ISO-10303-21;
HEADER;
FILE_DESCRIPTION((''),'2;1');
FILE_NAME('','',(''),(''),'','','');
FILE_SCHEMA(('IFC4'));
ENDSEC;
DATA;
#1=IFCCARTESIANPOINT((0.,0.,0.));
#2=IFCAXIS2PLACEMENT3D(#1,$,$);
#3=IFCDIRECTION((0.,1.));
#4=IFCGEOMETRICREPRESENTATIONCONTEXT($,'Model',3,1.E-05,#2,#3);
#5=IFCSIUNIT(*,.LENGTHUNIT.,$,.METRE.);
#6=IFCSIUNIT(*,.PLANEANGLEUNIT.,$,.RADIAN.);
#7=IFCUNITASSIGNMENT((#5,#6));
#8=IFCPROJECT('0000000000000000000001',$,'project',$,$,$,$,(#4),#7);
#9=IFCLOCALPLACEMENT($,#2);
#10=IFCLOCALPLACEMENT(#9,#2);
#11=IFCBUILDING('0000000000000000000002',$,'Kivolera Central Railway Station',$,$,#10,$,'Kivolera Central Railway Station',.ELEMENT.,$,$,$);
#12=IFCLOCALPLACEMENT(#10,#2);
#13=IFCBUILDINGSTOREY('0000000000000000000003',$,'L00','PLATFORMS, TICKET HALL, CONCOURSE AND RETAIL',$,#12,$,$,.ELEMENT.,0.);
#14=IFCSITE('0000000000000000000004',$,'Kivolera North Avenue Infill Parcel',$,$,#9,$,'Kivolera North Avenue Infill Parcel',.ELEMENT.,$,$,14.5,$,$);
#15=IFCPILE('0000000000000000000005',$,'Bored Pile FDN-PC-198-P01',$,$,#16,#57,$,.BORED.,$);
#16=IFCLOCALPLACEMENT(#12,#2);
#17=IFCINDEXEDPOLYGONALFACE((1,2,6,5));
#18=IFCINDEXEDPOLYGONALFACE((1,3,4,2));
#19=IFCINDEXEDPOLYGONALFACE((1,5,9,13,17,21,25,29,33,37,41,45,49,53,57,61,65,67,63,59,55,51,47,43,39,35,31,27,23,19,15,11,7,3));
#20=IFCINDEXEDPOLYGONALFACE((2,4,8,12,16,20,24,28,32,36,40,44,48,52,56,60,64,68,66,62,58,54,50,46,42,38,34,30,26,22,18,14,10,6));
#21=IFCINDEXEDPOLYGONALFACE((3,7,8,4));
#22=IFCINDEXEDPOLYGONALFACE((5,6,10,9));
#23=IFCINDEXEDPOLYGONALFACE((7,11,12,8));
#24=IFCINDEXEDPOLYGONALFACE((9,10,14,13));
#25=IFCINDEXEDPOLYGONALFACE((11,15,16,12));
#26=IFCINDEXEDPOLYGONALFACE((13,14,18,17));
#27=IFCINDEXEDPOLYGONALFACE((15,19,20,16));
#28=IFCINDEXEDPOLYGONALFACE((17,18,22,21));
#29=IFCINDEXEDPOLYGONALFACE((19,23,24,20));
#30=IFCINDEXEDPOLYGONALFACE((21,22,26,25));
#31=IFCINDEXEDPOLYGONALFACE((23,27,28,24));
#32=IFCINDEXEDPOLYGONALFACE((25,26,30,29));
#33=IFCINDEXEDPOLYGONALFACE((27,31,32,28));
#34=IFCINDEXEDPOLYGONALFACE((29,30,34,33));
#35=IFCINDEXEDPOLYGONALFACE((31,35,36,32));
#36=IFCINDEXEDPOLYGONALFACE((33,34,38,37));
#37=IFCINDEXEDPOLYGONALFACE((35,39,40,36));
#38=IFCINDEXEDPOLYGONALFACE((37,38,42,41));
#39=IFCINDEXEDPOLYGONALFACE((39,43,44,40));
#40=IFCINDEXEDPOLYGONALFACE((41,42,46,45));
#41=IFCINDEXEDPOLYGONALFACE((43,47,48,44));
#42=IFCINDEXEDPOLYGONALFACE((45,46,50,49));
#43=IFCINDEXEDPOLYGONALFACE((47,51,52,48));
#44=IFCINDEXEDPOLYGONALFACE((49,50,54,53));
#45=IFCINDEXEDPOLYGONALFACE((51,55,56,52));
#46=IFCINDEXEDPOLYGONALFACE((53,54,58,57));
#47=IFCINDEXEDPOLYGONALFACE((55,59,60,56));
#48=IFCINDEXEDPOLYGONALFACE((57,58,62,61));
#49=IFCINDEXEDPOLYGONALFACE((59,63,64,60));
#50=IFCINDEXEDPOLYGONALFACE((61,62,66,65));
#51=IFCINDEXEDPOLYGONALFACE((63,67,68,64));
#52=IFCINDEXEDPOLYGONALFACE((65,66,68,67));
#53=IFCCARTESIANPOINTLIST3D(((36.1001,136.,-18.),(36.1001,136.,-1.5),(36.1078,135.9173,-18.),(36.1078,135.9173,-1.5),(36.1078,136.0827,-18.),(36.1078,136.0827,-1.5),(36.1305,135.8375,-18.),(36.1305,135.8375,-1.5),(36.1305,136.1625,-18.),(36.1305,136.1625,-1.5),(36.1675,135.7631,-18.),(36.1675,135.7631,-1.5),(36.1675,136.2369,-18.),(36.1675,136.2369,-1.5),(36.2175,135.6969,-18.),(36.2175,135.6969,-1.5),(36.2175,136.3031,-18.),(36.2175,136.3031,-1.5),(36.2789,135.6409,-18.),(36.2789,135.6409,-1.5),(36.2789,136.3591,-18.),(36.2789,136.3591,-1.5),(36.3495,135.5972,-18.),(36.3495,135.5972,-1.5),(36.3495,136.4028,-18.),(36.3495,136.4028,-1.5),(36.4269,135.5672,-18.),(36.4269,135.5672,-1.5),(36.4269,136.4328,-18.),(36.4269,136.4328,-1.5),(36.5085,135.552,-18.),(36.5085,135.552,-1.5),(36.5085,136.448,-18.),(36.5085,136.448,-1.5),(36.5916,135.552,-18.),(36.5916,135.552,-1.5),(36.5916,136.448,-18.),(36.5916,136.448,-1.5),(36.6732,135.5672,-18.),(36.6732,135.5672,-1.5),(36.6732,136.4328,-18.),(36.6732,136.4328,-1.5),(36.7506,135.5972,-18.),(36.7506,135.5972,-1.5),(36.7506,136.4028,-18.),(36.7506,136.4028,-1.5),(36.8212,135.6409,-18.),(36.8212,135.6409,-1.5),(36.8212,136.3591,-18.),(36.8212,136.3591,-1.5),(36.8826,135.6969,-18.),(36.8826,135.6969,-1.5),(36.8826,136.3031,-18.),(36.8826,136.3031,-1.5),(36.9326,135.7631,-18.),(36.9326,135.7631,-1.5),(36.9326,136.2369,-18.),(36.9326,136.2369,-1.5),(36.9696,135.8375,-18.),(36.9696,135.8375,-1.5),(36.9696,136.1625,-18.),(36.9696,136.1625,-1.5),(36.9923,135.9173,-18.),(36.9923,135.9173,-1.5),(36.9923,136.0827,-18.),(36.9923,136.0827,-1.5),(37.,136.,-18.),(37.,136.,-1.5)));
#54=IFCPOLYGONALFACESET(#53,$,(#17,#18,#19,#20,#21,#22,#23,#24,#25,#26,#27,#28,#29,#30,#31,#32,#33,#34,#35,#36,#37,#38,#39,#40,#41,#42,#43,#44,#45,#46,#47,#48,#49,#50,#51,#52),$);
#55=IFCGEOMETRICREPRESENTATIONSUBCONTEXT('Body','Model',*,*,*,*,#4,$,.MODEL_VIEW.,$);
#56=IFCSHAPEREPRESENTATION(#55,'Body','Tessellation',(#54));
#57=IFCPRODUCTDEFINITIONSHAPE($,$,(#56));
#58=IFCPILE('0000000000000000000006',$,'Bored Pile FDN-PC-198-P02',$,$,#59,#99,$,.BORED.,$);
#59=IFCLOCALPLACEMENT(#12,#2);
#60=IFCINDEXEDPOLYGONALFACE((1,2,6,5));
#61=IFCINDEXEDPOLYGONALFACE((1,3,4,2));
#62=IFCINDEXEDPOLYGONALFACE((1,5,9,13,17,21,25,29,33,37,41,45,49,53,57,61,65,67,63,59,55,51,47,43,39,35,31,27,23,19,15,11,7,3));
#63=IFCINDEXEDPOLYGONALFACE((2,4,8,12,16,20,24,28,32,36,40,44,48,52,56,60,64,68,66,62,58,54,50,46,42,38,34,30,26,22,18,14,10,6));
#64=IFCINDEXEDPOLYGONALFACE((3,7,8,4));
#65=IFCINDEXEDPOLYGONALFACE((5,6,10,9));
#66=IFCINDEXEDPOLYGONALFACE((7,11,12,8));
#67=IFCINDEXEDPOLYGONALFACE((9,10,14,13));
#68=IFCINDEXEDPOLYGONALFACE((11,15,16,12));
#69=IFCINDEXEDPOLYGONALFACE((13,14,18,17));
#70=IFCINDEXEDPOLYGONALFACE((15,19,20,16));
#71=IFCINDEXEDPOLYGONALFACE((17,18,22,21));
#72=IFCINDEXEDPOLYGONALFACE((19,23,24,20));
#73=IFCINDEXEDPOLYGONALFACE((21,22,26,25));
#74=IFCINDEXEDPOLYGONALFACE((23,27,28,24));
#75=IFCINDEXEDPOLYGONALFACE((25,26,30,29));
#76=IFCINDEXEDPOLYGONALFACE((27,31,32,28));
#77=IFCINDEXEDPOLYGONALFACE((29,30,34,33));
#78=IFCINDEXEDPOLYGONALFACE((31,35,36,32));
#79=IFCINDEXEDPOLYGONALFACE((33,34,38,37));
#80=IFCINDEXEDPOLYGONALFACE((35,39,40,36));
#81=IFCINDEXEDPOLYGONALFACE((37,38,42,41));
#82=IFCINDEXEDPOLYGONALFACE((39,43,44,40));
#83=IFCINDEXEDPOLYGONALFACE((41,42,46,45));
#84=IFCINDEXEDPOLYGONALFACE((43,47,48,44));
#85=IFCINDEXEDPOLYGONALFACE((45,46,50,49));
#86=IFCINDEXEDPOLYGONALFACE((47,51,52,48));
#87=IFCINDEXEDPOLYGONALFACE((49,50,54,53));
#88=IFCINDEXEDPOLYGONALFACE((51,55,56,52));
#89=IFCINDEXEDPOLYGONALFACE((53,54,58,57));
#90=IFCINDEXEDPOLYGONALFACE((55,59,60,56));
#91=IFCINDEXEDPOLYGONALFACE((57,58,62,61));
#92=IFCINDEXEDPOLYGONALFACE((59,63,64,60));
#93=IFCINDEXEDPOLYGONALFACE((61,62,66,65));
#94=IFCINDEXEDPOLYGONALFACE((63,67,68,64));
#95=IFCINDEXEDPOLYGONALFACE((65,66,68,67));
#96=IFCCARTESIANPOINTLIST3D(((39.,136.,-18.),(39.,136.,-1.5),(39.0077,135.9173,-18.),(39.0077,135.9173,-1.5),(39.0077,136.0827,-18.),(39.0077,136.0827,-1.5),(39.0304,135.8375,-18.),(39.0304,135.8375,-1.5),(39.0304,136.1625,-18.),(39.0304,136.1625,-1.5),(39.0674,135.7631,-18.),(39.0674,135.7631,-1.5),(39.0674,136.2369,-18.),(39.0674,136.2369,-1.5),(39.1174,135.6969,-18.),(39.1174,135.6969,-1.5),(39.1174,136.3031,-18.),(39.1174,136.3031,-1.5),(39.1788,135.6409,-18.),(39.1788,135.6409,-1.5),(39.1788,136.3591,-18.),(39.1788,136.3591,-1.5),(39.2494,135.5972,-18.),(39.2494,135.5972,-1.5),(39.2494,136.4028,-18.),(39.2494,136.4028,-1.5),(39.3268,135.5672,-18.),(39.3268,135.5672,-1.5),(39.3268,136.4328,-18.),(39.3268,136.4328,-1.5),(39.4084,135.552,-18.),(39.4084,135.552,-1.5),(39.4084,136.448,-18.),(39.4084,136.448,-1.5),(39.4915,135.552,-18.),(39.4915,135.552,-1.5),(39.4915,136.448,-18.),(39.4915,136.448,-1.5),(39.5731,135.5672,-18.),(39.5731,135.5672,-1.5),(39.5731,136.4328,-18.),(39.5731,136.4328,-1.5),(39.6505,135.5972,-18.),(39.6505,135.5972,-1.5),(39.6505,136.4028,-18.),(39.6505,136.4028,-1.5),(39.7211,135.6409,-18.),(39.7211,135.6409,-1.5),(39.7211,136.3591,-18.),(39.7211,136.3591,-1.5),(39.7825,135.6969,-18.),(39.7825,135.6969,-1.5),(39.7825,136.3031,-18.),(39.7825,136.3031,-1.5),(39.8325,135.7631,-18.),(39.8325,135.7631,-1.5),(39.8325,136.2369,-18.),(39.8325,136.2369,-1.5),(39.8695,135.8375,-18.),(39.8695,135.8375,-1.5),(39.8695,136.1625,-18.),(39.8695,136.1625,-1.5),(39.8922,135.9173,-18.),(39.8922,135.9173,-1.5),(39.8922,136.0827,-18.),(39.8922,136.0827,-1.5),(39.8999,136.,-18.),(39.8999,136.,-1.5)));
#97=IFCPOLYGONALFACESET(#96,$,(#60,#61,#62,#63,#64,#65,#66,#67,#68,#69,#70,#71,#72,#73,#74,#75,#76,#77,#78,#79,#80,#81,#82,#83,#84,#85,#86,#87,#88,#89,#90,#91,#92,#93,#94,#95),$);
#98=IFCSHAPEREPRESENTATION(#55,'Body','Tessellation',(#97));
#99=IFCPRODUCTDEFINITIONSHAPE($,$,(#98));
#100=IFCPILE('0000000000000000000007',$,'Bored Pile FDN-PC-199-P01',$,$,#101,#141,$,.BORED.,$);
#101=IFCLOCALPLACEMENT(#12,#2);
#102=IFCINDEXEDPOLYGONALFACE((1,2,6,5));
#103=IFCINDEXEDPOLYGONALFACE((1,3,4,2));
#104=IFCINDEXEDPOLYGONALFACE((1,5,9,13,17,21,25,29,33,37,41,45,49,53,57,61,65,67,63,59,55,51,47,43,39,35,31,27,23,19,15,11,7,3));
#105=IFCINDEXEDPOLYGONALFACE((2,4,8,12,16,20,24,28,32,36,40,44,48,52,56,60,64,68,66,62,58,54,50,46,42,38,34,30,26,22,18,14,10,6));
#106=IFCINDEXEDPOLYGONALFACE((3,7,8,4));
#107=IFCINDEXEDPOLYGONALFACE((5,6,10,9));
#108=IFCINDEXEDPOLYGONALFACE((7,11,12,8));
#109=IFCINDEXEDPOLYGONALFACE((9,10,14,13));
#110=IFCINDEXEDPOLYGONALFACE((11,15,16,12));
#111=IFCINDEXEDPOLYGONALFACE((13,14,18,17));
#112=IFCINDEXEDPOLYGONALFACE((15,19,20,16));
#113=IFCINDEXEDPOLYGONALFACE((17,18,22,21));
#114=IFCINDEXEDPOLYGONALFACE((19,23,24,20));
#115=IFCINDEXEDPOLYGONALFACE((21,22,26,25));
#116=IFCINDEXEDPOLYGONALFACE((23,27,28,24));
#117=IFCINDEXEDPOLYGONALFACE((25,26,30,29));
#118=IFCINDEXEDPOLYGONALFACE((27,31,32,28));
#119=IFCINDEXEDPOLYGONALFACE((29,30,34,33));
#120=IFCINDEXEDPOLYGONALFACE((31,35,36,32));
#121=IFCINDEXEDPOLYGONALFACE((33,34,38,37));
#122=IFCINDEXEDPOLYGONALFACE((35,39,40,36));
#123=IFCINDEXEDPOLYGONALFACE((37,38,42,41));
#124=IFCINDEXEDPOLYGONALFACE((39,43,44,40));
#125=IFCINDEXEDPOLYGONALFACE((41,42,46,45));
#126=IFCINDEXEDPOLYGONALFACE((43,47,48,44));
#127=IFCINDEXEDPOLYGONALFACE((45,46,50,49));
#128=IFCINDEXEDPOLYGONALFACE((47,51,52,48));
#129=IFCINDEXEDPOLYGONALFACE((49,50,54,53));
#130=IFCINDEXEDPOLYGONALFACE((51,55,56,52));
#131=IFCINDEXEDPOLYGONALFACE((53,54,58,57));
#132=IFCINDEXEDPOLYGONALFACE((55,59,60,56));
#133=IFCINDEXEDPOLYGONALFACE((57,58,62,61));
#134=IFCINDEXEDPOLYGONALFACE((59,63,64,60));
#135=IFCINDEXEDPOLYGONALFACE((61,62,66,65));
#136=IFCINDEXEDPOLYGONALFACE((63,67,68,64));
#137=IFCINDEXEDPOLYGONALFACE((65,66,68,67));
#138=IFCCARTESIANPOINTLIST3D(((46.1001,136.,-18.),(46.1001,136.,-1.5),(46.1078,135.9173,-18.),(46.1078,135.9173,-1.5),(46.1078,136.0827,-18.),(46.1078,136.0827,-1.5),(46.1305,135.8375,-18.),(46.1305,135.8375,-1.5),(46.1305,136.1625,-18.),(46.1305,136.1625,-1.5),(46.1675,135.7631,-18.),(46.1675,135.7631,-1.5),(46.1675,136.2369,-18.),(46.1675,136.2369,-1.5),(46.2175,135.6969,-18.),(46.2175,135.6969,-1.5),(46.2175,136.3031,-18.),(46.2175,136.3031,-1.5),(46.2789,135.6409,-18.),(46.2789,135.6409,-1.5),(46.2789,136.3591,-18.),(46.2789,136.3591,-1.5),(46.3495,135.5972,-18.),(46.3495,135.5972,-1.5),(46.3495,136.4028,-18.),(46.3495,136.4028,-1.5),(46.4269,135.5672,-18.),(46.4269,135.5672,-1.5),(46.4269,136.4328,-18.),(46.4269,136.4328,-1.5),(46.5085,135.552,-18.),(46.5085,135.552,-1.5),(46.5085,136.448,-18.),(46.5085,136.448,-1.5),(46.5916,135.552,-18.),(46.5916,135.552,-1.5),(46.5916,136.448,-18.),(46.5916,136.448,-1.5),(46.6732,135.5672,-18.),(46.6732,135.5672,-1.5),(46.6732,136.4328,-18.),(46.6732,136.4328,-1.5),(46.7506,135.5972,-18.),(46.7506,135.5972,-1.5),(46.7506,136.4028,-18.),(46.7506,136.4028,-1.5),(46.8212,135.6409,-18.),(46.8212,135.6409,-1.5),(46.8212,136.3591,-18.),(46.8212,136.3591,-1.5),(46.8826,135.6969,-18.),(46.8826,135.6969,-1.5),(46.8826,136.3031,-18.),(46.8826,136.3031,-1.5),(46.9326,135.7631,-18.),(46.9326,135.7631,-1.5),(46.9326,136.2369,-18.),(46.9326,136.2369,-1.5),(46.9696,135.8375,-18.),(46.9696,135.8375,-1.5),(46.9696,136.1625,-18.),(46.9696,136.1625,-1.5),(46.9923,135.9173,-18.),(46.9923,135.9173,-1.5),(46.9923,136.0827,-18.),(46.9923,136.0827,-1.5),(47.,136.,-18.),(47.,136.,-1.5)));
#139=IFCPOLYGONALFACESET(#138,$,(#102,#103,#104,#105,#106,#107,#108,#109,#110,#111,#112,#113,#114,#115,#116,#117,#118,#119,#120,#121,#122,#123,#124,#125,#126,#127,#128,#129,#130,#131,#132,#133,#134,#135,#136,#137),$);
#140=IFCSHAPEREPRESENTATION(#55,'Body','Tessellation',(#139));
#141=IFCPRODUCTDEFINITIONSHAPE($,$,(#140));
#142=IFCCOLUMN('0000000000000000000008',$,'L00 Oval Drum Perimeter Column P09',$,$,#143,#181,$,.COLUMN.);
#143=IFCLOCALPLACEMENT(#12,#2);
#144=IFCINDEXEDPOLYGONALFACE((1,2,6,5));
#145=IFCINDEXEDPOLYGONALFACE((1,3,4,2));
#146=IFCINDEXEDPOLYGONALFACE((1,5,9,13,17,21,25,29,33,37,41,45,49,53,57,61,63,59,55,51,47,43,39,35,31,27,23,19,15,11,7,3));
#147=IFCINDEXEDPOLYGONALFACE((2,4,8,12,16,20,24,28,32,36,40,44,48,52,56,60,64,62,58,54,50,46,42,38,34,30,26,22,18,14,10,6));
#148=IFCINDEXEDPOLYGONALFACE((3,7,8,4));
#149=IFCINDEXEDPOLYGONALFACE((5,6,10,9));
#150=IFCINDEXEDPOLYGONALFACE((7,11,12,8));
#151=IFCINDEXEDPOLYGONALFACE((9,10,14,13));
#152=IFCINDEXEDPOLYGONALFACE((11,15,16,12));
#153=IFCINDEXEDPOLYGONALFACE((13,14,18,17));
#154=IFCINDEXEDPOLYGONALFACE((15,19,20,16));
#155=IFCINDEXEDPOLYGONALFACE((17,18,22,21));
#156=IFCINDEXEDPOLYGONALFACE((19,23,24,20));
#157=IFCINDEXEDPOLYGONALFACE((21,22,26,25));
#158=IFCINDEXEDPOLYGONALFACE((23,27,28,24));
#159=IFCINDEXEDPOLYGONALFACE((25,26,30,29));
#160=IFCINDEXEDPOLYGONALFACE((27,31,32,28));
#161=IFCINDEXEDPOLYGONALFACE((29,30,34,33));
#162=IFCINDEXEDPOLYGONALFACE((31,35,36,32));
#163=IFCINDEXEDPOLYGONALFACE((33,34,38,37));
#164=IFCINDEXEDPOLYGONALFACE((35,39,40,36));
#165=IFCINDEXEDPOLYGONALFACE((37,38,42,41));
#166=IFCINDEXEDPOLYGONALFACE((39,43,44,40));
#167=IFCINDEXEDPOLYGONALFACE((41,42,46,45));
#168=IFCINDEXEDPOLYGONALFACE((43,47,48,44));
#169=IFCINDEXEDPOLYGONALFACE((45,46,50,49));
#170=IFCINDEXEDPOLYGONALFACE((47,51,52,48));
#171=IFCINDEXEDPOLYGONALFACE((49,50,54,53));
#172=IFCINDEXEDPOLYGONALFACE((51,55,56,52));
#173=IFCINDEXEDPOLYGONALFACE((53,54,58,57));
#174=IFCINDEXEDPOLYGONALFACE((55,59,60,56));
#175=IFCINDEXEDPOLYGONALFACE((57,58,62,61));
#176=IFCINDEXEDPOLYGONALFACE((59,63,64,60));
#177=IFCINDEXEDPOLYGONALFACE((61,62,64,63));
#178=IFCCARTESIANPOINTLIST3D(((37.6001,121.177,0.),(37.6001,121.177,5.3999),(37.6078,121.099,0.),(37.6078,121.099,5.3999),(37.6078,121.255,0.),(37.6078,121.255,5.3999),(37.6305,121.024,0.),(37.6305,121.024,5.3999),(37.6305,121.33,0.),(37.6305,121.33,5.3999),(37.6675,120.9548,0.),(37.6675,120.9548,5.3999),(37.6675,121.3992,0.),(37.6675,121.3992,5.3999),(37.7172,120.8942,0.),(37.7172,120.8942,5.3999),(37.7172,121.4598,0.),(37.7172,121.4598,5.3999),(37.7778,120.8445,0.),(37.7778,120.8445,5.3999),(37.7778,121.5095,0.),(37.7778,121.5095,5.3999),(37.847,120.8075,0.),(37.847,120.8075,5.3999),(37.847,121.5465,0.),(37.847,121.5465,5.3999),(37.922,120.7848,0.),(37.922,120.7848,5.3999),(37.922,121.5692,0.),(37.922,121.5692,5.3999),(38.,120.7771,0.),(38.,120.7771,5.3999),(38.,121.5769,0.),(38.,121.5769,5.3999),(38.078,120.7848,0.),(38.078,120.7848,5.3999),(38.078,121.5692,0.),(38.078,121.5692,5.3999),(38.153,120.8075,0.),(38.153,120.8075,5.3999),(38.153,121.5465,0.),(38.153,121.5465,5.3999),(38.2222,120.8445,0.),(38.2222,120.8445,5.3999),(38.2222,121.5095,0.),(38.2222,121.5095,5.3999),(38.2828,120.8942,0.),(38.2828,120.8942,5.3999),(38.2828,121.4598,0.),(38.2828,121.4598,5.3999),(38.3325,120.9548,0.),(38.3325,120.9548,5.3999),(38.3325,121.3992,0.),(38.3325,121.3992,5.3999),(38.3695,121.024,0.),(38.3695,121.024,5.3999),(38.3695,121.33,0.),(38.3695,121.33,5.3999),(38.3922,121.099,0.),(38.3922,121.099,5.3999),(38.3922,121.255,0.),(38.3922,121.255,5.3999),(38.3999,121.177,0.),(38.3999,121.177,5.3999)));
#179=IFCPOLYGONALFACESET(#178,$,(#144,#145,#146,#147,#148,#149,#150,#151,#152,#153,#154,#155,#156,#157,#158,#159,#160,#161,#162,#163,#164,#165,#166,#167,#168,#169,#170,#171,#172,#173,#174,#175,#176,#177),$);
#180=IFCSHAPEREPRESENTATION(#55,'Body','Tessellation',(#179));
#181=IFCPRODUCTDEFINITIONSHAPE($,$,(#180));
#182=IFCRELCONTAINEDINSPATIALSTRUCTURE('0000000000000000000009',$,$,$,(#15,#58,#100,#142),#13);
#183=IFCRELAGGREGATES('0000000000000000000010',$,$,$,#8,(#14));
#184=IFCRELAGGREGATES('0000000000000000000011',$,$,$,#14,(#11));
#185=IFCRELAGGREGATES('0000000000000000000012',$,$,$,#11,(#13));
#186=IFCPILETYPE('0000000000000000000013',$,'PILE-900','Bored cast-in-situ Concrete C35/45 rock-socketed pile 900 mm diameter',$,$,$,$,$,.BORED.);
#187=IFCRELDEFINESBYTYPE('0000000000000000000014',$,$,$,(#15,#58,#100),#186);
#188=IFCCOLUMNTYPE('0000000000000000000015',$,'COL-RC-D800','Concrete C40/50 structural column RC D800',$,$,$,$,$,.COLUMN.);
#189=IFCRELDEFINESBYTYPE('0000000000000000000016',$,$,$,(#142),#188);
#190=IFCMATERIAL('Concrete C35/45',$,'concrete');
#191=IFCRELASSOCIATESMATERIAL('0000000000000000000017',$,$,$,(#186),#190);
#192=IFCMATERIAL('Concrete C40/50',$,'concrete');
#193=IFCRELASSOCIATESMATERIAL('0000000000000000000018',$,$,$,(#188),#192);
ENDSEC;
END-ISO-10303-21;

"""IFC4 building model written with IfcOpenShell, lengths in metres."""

from ifc_helpers import new_model, si_unit, direction, frame, origin, origin_2d, place, context, subcontext, project, spatial, circle, extrude, material, material_profile, profile_set, type_object, element, save


model = new_model("IFC4")

# Units and contexts
model_context = context("Model", 3, precision=1e-05, world=origin(), true_north=direction((0.0, 1.0)))
body_context = subcontext(model_context, "Body", "Model", "MODEL_VIEW")
ifc_project = project(units=[si_unit("LENGTHUNIT", "METRE"), si_unit("PLANEANGLEUNIT", "RADIAN")], contexts=[model_context])

# Site, building, storey
site_placement = place(None, origin())
site = spatial("IfcSite", under=ifc_project, at=site_placement, Name="Kivolera North Avenue Infill Parcel", LongName="Kivolera North Avenue Infill Parcel", CompositionType="ELEMENT", RefElevation=14.5)
building_placement = place(site_placement, origin())
building = spatial("IfcBuilding", under=site, at=building_placement, Name="Kivolera Central Railway Station", LongName="Kivolera Central Railway Station", CompositionType="ELEMENT")
storey_placement = place(building_placement, origin())
storey = spatial("IfcBuildingStorey", under=building, at=storey_placement, Name="L00", Description="PLATFORMS, TICKET HALL, CONCOURSE AND RETAIL", CompositionType="ELEMENT", Elevation=0.0)

# Shared definitions
ifc_material_1 = material(Name="Concrete C35/45", Category="concrete")

# Piles
ifc_material_profile_1 = material_profile(ifc_material_1, circle(Radius=0.45, at=origin_2d()), Name="PILE D900")
ifc_profile_set_1 = profile_set([ifc_material_profile_1], Name="Concrete C35/45")
pile_type_1 = type_object("IfcPileType", Name="PILE-900", Description="Bored cast-in-situ Concrete C35/45 rock-socketed pile 900 mm diameter", PredefinedType="BORED", material=ifc_profile_set_1)
for number, where, z_axis, x_axis, name in (
    (1, (36.55, 136.0, -1.5), (0.0, 0.0, -1.0), (1.0, 0.0, 0.0), "Bored Pile FDN-PC-198-P01"),
    (2, (39.45, 136.0, -1.5), (0.0, 0.0, -1.0), (1.0, 0.0, 0.0), "Bored Pile FDN-PC-198-P02"),
    (3, (46.55, 136.0, -1.5), (0.0, 0.0, -1.0), (1.0, 0.0, 0.0), "Bored Pile FDN-PC-199-P01"),
):
    element("IfcPile", number, at=place(storey_placement, frame(where, z_axis=z_axis, x_axis=x_axis)), inside=storey, type_object=pile_type_1, Name=name, PredefinedType="BORED", context=body_context, shape_type="SweptSolid", body=[
        extrude(circle(Radius=0.45, at=origin_2d()), origin(), (0.0, 0.0, 1.0), 16.5),
    ])

# Column
ifc_material_2 = material(Name="Concrete C40/50", Category="concrete")
ifc_material_profile_2 = material_profile(ifc_material_2, circle(Radius=0.3999, at=origin_2d()), Name="RC D800")
ifc_profile_set_2 = profile_set([ifc_material_profile_2], Name="Concrete C40/50")
column_type_1 = type_object("IfcColumnType", Name="COL-RC-D800", Description="Concrete C40/50 structural column RC D800", PredefinedType="COLUMN", material=ifc_profile_set_2)
column_placement = place(storey_placement, frame((38.0, 121.177, 0.0), z_axis=(0.0, 0.0, 1.0), x_axis=(1.0, 0.0, 0.0)))
element("IfcColumn", 4, at=column_placement, inside=storey, type_object=column_type_1, Name="L00 Oval Drum Perimeter Column P09", PredefinedType="COLUMN", context=body_context, shape_type="SweptSolid", body=[
    extrude(circle(Radius=0.3999, at=origin_2d()), origin(), (0.0, 0.0, 1.0), 5.3999),
])

save(model, "model.ifc")
